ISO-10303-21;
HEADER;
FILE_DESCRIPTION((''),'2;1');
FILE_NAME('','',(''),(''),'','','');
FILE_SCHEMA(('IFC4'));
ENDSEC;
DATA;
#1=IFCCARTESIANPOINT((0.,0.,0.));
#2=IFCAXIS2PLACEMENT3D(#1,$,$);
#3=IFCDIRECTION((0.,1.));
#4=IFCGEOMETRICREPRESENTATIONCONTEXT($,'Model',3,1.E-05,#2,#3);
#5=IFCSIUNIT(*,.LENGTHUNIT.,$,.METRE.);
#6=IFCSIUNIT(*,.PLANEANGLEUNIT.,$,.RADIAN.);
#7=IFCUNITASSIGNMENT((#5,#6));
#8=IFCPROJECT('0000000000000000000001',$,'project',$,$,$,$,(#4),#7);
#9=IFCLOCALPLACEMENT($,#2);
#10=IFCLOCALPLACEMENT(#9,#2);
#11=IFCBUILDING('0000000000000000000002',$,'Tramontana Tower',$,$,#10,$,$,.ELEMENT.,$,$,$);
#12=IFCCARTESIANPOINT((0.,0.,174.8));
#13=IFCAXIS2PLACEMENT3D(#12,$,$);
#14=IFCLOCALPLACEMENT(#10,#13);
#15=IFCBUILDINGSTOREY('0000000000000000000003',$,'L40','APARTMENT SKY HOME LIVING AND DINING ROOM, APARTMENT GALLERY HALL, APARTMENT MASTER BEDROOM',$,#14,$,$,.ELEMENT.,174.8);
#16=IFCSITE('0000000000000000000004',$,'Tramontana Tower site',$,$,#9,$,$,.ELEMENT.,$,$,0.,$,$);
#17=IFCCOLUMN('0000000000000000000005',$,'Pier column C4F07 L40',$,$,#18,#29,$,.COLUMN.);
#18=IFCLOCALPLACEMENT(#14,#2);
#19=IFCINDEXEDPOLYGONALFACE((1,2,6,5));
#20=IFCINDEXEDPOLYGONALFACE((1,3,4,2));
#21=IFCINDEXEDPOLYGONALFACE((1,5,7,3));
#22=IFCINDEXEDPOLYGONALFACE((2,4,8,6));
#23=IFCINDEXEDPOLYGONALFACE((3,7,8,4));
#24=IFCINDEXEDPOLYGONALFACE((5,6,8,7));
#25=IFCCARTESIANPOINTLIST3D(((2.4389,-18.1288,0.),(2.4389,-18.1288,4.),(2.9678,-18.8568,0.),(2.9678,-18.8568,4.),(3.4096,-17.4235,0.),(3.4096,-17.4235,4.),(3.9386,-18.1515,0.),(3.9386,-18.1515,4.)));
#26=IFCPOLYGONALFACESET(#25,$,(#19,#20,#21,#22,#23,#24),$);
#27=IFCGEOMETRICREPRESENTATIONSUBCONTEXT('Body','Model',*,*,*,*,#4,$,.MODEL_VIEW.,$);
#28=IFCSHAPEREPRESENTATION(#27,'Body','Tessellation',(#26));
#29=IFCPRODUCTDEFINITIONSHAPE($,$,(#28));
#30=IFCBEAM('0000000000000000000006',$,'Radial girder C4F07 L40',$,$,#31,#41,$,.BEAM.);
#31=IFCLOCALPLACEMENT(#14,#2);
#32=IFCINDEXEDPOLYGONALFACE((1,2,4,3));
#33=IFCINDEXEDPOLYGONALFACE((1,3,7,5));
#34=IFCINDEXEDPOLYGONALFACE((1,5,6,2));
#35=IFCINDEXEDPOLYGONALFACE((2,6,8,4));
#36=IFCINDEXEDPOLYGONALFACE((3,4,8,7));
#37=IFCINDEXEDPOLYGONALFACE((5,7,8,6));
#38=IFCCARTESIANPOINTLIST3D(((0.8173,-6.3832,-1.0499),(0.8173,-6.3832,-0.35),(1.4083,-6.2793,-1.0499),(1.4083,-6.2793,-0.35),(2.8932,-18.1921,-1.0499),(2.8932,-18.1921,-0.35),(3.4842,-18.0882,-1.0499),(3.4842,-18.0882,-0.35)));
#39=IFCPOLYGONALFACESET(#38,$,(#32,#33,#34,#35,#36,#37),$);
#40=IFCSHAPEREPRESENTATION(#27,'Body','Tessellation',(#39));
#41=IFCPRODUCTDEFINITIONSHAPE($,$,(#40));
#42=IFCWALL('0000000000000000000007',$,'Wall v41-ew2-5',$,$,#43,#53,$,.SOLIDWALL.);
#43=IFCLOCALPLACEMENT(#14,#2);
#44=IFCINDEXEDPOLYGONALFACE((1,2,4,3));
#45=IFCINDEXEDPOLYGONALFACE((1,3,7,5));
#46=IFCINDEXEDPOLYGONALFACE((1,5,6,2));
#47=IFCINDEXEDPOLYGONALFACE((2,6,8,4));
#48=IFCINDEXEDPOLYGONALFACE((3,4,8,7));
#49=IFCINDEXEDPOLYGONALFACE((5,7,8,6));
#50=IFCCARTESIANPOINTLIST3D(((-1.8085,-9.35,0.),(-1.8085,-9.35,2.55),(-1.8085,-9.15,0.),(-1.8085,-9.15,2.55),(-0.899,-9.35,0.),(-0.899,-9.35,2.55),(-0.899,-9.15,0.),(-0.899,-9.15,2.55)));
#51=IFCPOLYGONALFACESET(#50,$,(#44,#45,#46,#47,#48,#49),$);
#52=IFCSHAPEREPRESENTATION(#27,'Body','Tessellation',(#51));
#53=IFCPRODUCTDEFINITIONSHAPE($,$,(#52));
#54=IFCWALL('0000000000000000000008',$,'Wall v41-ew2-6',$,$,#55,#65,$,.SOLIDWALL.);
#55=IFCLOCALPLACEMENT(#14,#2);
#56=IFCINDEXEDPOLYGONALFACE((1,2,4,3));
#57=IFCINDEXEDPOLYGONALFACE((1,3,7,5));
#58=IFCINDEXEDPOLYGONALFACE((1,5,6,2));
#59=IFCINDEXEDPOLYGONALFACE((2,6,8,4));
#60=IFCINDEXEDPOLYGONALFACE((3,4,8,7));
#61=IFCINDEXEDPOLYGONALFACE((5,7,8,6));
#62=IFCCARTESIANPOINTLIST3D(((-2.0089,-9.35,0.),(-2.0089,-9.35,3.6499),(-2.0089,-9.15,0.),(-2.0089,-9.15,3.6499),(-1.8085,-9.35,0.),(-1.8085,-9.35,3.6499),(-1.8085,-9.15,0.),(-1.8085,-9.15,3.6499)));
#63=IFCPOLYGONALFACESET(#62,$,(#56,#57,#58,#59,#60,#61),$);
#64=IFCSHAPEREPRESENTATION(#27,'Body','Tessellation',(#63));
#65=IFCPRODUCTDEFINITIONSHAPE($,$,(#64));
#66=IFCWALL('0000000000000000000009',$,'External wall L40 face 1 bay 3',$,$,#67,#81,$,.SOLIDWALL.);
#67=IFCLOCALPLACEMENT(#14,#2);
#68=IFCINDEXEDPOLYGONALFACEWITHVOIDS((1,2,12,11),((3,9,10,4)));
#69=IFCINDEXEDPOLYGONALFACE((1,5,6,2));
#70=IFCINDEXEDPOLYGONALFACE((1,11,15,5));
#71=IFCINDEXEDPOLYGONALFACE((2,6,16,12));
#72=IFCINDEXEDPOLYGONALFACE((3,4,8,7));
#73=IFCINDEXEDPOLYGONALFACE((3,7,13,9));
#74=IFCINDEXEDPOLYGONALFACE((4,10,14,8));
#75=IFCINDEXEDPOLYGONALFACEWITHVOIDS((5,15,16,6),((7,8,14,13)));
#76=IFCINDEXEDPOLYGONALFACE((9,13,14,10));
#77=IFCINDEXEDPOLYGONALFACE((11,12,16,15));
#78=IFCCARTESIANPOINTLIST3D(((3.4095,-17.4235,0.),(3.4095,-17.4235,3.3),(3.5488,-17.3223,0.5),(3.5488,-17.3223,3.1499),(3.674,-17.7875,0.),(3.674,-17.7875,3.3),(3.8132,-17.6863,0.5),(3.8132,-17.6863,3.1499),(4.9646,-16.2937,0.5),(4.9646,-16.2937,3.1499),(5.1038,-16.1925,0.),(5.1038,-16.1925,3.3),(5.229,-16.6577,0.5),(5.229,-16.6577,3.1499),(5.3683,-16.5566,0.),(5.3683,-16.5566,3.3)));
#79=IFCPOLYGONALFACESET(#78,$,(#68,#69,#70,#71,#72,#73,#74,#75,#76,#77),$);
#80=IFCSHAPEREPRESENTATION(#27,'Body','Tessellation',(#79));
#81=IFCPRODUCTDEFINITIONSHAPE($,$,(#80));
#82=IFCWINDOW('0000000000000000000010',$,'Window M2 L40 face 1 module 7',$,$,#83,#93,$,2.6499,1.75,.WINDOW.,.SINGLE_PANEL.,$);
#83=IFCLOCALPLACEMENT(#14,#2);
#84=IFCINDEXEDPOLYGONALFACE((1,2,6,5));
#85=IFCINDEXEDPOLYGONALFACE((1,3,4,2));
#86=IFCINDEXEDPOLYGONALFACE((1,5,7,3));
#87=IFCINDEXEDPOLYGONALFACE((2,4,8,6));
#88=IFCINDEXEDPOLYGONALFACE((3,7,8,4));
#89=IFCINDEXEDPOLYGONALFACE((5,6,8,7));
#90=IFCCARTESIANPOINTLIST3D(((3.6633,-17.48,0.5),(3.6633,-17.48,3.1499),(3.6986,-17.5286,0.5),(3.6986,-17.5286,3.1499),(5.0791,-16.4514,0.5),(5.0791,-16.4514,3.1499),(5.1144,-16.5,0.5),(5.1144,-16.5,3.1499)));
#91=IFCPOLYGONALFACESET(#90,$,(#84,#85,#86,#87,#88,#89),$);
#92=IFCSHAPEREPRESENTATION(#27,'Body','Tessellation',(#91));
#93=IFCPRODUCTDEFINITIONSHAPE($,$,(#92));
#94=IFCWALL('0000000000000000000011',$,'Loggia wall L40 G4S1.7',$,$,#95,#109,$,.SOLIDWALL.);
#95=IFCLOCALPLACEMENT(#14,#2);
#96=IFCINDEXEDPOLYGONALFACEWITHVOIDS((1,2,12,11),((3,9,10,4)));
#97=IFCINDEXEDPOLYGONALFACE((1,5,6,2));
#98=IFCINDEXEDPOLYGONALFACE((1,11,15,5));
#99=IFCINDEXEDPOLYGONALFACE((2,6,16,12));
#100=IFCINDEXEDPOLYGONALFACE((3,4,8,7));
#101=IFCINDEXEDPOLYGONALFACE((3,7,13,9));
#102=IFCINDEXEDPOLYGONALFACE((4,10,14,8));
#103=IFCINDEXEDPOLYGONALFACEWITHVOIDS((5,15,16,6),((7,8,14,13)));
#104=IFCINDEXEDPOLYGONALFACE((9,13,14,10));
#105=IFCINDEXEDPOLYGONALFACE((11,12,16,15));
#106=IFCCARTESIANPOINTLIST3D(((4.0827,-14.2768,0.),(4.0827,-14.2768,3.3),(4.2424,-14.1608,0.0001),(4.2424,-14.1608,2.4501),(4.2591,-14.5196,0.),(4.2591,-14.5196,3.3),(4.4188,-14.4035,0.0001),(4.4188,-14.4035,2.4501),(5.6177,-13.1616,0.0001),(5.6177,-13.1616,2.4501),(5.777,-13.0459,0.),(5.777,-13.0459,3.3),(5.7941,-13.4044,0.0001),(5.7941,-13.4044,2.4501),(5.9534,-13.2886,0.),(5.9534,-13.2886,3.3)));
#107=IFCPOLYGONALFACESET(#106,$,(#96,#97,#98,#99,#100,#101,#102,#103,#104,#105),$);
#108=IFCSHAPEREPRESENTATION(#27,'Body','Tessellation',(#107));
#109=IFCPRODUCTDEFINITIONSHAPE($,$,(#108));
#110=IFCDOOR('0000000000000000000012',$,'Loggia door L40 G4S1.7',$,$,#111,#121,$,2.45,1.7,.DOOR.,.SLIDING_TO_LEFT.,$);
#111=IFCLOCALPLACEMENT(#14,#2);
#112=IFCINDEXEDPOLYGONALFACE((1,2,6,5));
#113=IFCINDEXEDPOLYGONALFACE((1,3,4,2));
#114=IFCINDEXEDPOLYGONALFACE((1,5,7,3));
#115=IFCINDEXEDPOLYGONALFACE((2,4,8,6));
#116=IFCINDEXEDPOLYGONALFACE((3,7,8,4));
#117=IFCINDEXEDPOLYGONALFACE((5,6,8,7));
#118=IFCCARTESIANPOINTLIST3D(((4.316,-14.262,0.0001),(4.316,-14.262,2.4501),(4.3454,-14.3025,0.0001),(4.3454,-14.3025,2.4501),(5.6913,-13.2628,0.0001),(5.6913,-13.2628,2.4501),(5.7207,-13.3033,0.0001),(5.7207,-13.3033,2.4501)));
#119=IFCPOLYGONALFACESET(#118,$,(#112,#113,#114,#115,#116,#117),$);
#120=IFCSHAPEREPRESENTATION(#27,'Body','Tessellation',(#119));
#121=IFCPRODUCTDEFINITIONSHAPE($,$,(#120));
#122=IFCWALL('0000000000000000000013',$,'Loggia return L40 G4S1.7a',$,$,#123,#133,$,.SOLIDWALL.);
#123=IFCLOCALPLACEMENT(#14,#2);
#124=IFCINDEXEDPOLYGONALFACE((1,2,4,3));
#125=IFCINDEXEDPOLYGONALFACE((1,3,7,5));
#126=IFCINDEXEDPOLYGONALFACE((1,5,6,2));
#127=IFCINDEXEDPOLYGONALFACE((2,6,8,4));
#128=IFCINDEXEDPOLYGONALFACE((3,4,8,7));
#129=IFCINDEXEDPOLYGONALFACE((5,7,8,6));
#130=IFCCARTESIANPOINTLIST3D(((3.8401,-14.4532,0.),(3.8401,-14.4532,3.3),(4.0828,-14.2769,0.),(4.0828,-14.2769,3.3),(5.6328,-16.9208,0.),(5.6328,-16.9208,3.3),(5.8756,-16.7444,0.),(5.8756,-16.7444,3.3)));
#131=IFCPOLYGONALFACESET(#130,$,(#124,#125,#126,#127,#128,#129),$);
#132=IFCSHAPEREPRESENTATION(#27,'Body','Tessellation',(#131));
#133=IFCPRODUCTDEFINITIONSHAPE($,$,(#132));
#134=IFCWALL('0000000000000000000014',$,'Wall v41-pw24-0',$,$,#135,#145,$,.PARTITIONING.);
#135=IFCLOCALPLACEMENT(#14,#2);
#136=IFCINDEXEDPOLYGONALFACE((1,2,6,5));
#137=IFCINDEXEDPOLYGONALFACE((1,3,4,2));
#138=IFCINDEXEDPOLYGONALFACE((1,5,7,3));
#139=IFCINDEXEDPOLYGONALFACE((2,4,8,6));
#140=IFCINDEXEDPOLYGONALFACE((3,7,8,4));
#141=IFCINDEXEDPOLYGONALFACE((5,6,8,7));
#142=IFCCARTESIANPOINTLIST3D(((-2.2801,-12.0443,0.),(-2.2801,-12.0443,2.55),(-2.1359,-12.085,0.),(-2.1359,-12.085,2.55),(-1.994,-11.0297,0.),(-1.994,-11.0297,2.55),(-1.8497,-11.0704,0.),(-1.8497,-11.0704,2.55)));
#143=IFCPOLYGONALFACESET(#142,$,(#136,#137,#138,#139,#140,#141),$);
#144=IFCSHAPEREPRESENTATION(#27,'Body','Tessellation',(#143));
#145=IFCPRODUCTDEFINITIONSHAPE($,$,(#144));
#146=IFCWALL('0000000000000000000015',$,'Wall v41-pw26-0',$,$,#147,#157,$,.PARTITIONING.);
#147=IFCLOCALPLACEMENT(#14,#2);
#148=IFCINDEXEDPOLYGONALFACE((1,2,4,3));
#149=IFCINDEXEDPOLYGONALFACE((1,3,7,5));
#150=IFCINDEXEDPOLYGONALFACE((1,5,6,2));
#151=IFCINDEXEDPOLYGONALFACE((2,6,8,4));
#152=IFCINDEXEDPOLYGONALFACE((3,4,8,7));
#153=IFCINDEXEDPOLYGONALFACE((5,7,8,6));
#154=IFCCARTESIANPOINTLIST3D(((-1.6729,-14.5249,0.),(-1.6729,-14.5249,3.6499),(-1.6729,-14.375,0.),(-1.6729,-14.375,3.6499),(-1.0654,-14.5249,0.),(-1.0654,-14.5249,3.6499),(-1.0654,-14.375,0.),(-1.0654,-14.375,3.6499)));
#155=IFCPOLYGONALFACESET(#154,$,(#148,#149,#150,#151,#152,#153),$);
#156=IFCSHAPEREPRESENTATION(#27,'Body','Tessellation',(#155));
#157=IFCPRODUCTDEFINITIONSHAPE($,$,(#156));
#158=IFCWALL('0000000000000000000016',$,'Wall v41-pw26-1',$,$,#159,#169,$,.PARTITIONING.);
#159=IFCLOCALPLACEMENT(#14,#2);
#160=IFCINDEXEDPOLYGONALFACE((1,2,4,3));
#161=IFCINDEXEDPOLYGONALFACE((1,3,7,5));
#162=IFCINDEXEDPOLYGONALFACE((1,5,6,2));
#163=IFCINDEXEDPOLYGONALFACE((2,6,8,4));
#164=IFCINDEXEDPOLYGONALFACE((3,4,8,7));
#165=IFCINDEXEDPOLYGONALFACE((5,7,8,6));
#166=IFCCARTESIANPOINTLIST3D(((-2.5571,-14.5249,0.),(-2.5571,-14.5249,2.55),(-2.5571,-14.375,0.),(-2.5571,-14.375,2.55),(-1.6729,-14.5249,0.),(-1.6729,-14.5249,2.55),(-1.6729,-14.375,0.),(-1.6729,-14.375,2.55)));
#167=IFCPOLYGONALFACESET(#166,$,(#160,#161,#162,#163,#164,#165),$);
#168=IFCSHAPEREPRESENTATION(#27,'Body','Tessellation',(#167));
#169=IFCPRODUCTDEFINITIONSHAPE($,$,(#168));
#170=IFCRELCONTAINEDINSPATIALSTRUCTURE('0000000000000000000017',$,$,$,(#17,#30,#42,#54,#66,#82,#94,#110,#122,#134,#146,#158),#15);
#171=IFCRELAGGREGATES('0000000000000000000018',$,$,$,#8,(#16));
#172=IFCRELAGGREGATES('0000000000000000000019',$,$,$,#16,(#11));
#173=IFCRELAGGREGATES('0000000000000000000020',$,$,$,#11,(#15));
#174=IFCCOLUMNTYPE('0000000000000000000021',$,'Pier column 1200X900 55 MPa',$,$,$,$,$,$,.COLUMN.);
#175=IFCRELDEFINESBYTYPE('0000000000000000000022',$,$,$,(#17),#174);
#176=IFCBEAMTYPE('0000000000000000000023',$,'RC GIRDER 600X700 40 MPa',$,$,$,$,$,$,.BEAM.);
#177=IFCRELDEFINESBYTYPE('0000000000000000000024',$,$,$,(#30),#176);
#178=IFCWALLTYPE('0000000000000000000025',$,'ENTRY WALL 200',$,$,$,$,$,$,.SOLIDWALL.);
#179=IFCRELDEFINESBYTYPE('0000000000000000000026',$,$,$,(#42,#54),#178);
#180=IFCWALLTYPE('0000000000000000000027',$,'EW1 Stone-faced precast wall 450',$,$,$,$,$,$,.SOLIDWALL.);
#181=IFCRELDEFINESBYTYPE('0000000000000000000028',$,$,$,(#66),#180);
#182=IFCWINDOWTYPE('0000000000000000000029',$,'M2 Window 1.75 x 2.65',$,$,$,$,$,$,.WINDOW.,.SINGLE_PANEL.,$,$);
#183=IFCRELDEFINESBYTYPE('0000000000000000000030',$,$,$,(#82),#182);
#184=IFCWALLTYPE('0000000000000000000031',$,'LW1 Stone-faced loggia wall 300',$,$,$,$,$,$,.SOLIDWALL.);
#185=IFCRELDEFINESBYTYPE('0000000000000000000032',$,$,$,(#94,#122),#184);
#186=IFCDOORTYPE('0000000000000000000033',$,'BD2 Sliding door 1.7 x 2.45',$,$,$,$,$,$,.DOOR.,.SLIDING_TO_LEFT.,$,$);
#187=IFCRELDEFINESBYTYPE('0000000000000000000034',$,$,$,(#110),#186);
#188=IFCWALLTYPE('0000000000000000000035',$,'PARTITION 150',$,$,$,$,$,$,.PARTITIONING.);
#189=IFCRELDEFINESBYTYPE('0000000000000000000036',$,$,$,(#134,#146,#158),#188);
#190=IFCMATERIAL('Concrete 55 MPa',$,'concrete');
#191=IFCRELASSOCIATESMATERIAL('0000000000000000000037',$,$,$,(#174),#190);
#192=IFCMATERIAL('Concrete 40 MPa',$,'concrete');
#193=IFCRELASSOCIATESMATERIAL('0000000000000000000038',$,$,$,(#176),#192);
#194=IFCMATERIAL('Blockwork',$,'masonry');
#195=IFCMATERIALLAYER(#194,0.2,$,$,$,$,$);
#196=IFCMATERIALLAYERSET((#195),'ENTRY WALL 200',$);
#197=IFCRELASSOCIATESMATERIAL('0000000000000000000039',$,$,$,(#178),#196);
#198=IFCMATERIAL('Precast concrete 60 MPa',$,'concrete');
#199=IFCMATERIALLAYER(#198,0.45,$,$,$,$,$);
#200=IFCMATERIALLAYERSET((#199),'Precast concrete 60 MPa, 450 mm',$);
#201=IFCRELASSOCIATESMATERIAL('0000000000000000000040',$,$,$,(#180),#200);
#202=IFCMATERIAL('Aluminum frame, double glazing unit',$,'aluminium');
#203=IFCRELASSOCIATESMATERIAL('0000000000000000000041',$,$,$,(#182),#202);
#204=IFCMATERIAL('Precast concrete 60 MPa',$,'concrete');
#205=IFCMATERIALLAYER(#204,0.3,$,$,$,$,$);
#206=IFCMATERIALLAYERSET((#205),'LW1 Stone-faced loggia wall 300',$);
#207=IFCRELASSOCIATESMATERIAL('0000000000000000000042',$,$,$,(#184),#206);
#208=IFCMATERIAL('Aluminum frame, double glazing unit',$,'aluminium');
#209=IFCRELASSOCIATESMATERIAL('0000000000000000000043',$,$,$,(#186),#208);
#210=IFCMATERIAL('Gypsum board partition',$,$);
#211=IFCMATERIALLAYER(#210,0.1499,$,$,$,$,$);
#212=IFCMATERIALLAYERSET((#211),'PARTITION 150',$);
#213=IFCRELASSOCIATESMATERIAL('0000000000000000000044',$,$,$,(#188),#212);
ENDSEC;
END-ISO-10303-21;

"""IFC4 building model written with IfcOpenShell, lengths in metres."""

from ifc_helpers import new_model, si_unit, direction, frame, frame_2d, origin, origin_2d, place, context, subcontext, project, spatial, rectangle, extrude, material, layer, layer_set, material_profile, profile_set, type_object, element, fill, save


model = new_model("IFC4")

# Units and contexts
model_context = context("Model", 3, precision=1e-05, world=origin(), true_north=direction((0.0, 1.0)))
body_context = subcontext(model_context, "Body", "Model", "MODEL_VIEW")
ifc_project = project(units=[si_unit("LENGTHUNIT", "METRE"), si_unit("PLANEANGLEUNIT", "RADIAN")], contexts=[model_context])

# Site, building, storey
site_placement = place(None, origin())
site = spatial("IfcSite", under=ifc_project, at=site_placement, Name="Tramontana Tower site", CompositionType="ELEMENT", RefElevation=0.0)
building_placement = place(site_placement, origin())
building = spatial("IfcBuilding", under=site, at=building_placement, Name="Tramontana Tower", CompositionType="ELEMENT")
storey_placement = place(building_placement, frame((0.0, 0.0, 174.8)))
storey = spatial("IfcBuildingStorey", under=building, at=storey_placement, Name="L40", Description="APARTMENT SKY HOME LIVING AND DINING ROOM, APARTMENT GALLERY HALL, APARTMENT MASTER BEDROOM", CompositionType="ELEMENT", Elevation=174.8)

# Column
ifc_material_1 = material(Name="Concrete 55 MPa", Category="concrete")
ifc_material_profile_1 = material_profile(ifc_material_1, rectangle(XDim=1.2, YDim=0.8999, at=origin_2d()), Name="Pier column 1200X900 55 MPa")
ifc_profile_set_1 = profile_set([ifc_material_profile_1], Name="Concrete 55 MPa")
column_type = type_object("IfcColumnType", Name="Pier column 1200X900 55 MPa", PredefinedType="COLUMN", material=ifc_profile_set_1)
column_placement = place(storey_placement, frame((3.1887, -18.1401, 0.0), z_axis=(0.0, 0.0, 1.0), x_axis=(0.809017, 0.587785, 0.0)))
element("IfcColumn", 1, at=column_placement, inside=storey, type_object=column_type, Name="Pier column C4F07 L40", PredefinedType="COLUMN", context=body_context, shape_type="SweptSolid", body=[
    extrude(rectangle(XDim=1.2, YDim=0.8999, at=origin_2d()), origin(), (0.0, 0.0, 1.0), 4.0),
])

# Beam
ifc_material_2 = material(Name="Concrete 40 MPa", Category="concrete")
ifc_material_profile_2 = material_profile(ifc_material_2, rectangle(XDim=0.6001, YDim=0.7, at=origin_2d()), Name="RC GIRDER 600X700 40 MPa")
ifc_profile_set_2 = profile_set([ifc_material_profile_2], Name="Concrete 40 MPa")
beam_type = type_object("IfcBeamType", Name="RC GIRDER 600X700 40 MPa", PredefinedType="BEAM", material=ifc_profile_set_2)
beam_placement = place(storey_placement, frame((3.1887, -18.1401, -0.7), z_axis=(-0.173139, 0.984897, 0.0), x_axis=(-0.984897, -0.173139, 0.0)))
element("IfcBeam", 2, at=beam_placement, inside=storey, type_object=beam_type, Name="Radial girder C4F07 L40", PredefinedType="BEAM", context=body_context, shape_type="SweptSolid", body=[
    extrude(rectangle(XDim=0.6001, YDim=0.7, at=origin_2d()), origin(), (0.0, 0.0, 1.0), 11.99),
])

# Walls
ifc_material_3 = material(Name="Blockwork", Category="masonry")
ifc_layer_1 = layer(ifc_material_3, 0.2)
ifc_layer_set_1 = layer_set([ifc_layer_1], Name="ENTRY WALL 200")
wall_type_1 = type_object("IfcWallType", Name="ENTRY WALL 200", PredefinedType="SOLIDWALL", material=ifc_layer_set_1)
wall_1_placement = place(storey_placement, frame((-0.8992, -9.25, 0.0), z_axis=(0.0, 0.0, 1.0), x_axis=(-1.0, 0.0, 0.0)))
element("IfcWall", 3, at=wall_1_placement, inside=storey, type_object=wall_type_1, Name="Wall v41-ew2-5", PredefinedType="SOLIDWALL", context=body_context, shape_type="SweptSolid", body=[
    extrude(rectangle(XDim=0.9094, YDim=0.2, at=frame_2d((0.4546, 0.0))), origin(), (0.0, 0.0, 1.0), 2.55),
])
wall_2_placement = place(storey_placement, frame((-1.8086, -9.25, 0.0), z_axis=(0.0, 0.0, 1.0), x_axis=(-1.0, 0.0, 0.0)))
element("IfcWall", 4, at=wall_2_placement, inside=storey, type_object=wall_type_1, Name="Wall v41-ew2-6", PredefinedType="SOLIDWALL", context=body_context, shape_type="SweptSolid", body=[
    extrude(rectangle(XDim=0.2004, YDim=0.2, at=frame_2d((0.1001, 0.0))), origin(), (0.0, 0.0, 1.0), 3.6499),
])

# Wall, opening, window
ifc_material_4 = material(Name="Precast concrete 60 MPa", Category="concrete")
ifc_layer_2 = layer(ifc_material_4, 0.45)
ifc_layer_set_2 = layer_set([ifc_layer_2], Name="Precast concrete 60 MPa, 450 mm")
wall_type_2 = type_object("IfcWallType", Name="EW1 Stone-faced precast wall 450", PredefinedType="SOLIDWALL", material=ifc_layer_set_2)
wall_3_placement = place(storey_placement, frame((3.5417, -17.6055, 0.0), z_axis=(0.0, 0.0, 1.0), x_axis=(0.809028, 0.58777, 0.0)))
wall_3 = element("IfcWall", 5, at=wall_3_placement, inside=storey, type_object=wall_type_2, Name="External wall L40 face 1 bay 3", PredefinedType="SOLIDWALL", context=body_context, shape_type="SweptSolid", body=[
    extrude(rectangle(XDim=2.0942, YDim=0.45, at=frame_2d((1.0471, 0.0))), origin(), (0.0, 0.0, 1.0), 3.3),
])
opening_1_placement = place(wall_3_placement, frame((0.1721, 0.0, 0.5)))
opening_1 = element("IfcOpeningElement", 6, at=opening_1_placement, cuts=wall_3, PredefinedType="OPENING", context=body_context, shape_type="SweptSolid", body=[
    extrude(rectangle(XDim=1.75, YDim=2.6499, at=frame_2d((0.875, 1.325))), frame((0.0, 0.2349, 0.0), z_axis=(0.0, -1.0, 0.0), x_axis=(1.0, 0.0, 0.0)), (0.0, 0.0, 1.0), 0.47),
])
ifc_material_5 = material(Name="Aluminum frame, double glazing unit", Category="aluminium")
window_type = type_object("IfcWindowType", Name="M2 Window 1.75 x 2.65", PartitioningType="SINGLE_PANEL", PredefinedType="WINDOW", material=ifc_material_5)
window_placement = place(opening_1_placement, origin())
window = element("IfcWindow", 7, at=window_placement, inside=storey, type_object=window_type, Name="Window M2 L40 face 1 module 7", OverallHeight=2.6499, OverallWidth=1.75, PartitioningType="SINGLE_PANEL", PredefinedType="WINDOW", context=body_context, shape_type="SweptSolid", body=[
    extrude(rectangle(XDim=1.75, YDim=2.6499, at=frame_2d((0.875, 1.325))), frame((0.0, 0.03, 0.0), z_axis=(0.0, -1.0, 0.0), x_axis=(1.0, 0.0, 0.0)), (0.0, 0.0, 1.0), 0.0601),
])
fill(opening_1, window)

# Wall, opening, door
ifc_material_6 = material(Name="Precast concrete 60 MPa", Category="concrete")
ifc_layer_3 = layer(ifc_material_6, 0.3)
ifc_layer_set_3 = layer_set([ifc_layer_3], Name="LW1 Stone-faced loggia wall 300")
wall_type_3 = type_object("IfcWallType", Name="LW1 Stone-faced loggia wall 300", PredefinedType="SOLIDWALL", material=ifc_layer_set_3)
wall_4_placement = place(storey_placement, frame((4.1709, -14.3982, 0.0), z_axis=(0.0, 0.0, 1.0), x_axis=(0.809028, 0.58777, 0.0)))
wall_4 = element("IfcWall", 8, at=wall_4_placement, inside=storey, type_object=wall_type_3, Name="Loggia wall L40 G4S1.7", PredefinedType="SOLIDWALL", context=body_context, shape_type="SweptSolid", body=[
    extrude(rectangle(XDim=2.0942, YDim=0.3, at=frame_2d((1.0471, 0.0))), origin(), (0.0, 0.0, 1.0), 3.3),
])
opening_2_placement = place(wall_4_placement, frame((0.1973, 0.0, 0.0)))
opening_2 = element("IfcOpeningElement", 9, at=opening_2_placement, cuts=wall_4, PredefinedType="OPENING", context=body_context, shape_type="SweptSolid", body=[
    extrude(rectangle(XDim=1.7, YDim=2.45, at=frame_2d((0.8501, 1.2251))), frame((0.0, 0.1599, 0.0), z_axis=(0.0, -1.0, 0.0), x_axis=(1.0, 0.0, 0.0)), (0.0, 0.0, 1.0), 0.3201),
])
ifc_material_7 = material(Name="Aluminum frame, double glazing unit", Category="aluminium")
door_type_1 = type_object("IfcDoorType", Name="BD2 Sliding door 1.7 x 2.45", OperationType="SLIDING_TO_LEFT", PredefinedType="DOOR", material=ifc_material_7)
door_1_placement = place(opening_2_placement, origin())
door_1 = element("IfcDoor", 10, at=door_1_placement, inside=storey, type_object=door_type_1, Name="Loggia door L40 G4S1.7", OperationType="SLIDING_TO_LEFT", OverallHeight=2.45, OverallWidth=1.7, PredefinedType="DOOR", context=body_context, shape_type="SweptSolid", body=[
    extrude(rectangle(XDim=1.7, YDim=2.45, at=frame_2d((0.8501, 1.2251))), frame((0.0, 0.0249, 0.0), z_axis=(0.0, -1.0, 0.0), x_axis=(1.0, 0.0, 0.0)), (0.0, 0.0, 1.0), 0.05),
])
fill(opening_2, door_1)

# Walls
wall_5_placement = place(storey_placement, frame((5.7542, -16.8325, 0.0), z_axis=(0.0, 0.0, 1.0), x_axis=(-0.587777, 0.809023, 0.0)))
element("IfcWall", 11, at=wall_5_placement, inside=storey, type_object=wall_type_3, Name="Loggia return L40 G4S1.7a", PredefinedType="SOLIDWALL", context=body_context, shape_type="SweptSolid", body=[
    extrude(rectangle(XDim=3.05, YDim=0.3, at=frame_2d((1.5249, 0.0))), origin(), (0.0, 0.0, 1.0), 3.3),
])
ifc_material_8 = material(Name="Gypsum board partition")
ifc_layer_4 = layer(ifc_material_8, 0.1499)
ifc_layer_set_4 = layer_set([ifc_layer_4], Name="PARTITION 150")
wall_type_4 = type_object("IfcWallType", Name="PARTITION 150", PredefinedType="PARTITIONING", material=ifc_layer_set_4)
wall_6_placement = place(storey_placement, frame((-1.9219, -11.05, 0.0), z_axis=(0.0, 0.0, 1.0), x_axis=(-0.271416, -0.962462, 0.0)))
element("IfcWall", 12, at=wall_6_placement, inside=storey, type_object=wall_type_4, Name="Wall v41-pw24-0", PredefinedType="PARTITIONING", context=body_context, shape_type="SweptSolid", body=[
    extrude(rectangle(XDim=1.0542, YDim=0.1499, at=frame_2d((0.5271, 0.0))), origin(), (0.0, 0.0, 1.0), 2.55),
])
wall_7_placement = place(storey_placement, frame((-1.0654, -14.45, 0.0), z_axis=(0.0, 0.0, 1.0), x_axis=(-1.0, 0.0, 0.0)))
element("IfcWall", 13, at=wall_7_placement, inside=storey, type_object=wall_type_4, Name="Wall v41-pw26-0", PredefinedType="PARTITIONING", context=body_context, shape_type="SweptSolid", body=[
    extrude(rectangle(XDim=0.6074, YDim=0.1499, at=frame_2d((0.3037, 0.0))), origin(), (0.0, 0.0, 1.0), 3.6499),
])
wall_8_placement = place(storey_placement, frame((-1.6729, -14.45, 0.0), z_axis=(0.0, 0.0, 1.0), x_axis=(-1.0, 0.0, 0.0)))
element("IfcWall", 14, at=wall_8_placement, inside=storey, type_object=wall_type_4, Name="Wall v41-pw26-1", PredefinedType="PARTITIONING", context=body_context, shape_type="SweptSolid", body=[
    extrude(rectangle(XDim=0.8843, YDim=0.1499, at=frame_2d((0.4421, 0.0))), origin(), (0.0, 0.0, 1.0), 2.55),
])

save(model, "model.ifc")
